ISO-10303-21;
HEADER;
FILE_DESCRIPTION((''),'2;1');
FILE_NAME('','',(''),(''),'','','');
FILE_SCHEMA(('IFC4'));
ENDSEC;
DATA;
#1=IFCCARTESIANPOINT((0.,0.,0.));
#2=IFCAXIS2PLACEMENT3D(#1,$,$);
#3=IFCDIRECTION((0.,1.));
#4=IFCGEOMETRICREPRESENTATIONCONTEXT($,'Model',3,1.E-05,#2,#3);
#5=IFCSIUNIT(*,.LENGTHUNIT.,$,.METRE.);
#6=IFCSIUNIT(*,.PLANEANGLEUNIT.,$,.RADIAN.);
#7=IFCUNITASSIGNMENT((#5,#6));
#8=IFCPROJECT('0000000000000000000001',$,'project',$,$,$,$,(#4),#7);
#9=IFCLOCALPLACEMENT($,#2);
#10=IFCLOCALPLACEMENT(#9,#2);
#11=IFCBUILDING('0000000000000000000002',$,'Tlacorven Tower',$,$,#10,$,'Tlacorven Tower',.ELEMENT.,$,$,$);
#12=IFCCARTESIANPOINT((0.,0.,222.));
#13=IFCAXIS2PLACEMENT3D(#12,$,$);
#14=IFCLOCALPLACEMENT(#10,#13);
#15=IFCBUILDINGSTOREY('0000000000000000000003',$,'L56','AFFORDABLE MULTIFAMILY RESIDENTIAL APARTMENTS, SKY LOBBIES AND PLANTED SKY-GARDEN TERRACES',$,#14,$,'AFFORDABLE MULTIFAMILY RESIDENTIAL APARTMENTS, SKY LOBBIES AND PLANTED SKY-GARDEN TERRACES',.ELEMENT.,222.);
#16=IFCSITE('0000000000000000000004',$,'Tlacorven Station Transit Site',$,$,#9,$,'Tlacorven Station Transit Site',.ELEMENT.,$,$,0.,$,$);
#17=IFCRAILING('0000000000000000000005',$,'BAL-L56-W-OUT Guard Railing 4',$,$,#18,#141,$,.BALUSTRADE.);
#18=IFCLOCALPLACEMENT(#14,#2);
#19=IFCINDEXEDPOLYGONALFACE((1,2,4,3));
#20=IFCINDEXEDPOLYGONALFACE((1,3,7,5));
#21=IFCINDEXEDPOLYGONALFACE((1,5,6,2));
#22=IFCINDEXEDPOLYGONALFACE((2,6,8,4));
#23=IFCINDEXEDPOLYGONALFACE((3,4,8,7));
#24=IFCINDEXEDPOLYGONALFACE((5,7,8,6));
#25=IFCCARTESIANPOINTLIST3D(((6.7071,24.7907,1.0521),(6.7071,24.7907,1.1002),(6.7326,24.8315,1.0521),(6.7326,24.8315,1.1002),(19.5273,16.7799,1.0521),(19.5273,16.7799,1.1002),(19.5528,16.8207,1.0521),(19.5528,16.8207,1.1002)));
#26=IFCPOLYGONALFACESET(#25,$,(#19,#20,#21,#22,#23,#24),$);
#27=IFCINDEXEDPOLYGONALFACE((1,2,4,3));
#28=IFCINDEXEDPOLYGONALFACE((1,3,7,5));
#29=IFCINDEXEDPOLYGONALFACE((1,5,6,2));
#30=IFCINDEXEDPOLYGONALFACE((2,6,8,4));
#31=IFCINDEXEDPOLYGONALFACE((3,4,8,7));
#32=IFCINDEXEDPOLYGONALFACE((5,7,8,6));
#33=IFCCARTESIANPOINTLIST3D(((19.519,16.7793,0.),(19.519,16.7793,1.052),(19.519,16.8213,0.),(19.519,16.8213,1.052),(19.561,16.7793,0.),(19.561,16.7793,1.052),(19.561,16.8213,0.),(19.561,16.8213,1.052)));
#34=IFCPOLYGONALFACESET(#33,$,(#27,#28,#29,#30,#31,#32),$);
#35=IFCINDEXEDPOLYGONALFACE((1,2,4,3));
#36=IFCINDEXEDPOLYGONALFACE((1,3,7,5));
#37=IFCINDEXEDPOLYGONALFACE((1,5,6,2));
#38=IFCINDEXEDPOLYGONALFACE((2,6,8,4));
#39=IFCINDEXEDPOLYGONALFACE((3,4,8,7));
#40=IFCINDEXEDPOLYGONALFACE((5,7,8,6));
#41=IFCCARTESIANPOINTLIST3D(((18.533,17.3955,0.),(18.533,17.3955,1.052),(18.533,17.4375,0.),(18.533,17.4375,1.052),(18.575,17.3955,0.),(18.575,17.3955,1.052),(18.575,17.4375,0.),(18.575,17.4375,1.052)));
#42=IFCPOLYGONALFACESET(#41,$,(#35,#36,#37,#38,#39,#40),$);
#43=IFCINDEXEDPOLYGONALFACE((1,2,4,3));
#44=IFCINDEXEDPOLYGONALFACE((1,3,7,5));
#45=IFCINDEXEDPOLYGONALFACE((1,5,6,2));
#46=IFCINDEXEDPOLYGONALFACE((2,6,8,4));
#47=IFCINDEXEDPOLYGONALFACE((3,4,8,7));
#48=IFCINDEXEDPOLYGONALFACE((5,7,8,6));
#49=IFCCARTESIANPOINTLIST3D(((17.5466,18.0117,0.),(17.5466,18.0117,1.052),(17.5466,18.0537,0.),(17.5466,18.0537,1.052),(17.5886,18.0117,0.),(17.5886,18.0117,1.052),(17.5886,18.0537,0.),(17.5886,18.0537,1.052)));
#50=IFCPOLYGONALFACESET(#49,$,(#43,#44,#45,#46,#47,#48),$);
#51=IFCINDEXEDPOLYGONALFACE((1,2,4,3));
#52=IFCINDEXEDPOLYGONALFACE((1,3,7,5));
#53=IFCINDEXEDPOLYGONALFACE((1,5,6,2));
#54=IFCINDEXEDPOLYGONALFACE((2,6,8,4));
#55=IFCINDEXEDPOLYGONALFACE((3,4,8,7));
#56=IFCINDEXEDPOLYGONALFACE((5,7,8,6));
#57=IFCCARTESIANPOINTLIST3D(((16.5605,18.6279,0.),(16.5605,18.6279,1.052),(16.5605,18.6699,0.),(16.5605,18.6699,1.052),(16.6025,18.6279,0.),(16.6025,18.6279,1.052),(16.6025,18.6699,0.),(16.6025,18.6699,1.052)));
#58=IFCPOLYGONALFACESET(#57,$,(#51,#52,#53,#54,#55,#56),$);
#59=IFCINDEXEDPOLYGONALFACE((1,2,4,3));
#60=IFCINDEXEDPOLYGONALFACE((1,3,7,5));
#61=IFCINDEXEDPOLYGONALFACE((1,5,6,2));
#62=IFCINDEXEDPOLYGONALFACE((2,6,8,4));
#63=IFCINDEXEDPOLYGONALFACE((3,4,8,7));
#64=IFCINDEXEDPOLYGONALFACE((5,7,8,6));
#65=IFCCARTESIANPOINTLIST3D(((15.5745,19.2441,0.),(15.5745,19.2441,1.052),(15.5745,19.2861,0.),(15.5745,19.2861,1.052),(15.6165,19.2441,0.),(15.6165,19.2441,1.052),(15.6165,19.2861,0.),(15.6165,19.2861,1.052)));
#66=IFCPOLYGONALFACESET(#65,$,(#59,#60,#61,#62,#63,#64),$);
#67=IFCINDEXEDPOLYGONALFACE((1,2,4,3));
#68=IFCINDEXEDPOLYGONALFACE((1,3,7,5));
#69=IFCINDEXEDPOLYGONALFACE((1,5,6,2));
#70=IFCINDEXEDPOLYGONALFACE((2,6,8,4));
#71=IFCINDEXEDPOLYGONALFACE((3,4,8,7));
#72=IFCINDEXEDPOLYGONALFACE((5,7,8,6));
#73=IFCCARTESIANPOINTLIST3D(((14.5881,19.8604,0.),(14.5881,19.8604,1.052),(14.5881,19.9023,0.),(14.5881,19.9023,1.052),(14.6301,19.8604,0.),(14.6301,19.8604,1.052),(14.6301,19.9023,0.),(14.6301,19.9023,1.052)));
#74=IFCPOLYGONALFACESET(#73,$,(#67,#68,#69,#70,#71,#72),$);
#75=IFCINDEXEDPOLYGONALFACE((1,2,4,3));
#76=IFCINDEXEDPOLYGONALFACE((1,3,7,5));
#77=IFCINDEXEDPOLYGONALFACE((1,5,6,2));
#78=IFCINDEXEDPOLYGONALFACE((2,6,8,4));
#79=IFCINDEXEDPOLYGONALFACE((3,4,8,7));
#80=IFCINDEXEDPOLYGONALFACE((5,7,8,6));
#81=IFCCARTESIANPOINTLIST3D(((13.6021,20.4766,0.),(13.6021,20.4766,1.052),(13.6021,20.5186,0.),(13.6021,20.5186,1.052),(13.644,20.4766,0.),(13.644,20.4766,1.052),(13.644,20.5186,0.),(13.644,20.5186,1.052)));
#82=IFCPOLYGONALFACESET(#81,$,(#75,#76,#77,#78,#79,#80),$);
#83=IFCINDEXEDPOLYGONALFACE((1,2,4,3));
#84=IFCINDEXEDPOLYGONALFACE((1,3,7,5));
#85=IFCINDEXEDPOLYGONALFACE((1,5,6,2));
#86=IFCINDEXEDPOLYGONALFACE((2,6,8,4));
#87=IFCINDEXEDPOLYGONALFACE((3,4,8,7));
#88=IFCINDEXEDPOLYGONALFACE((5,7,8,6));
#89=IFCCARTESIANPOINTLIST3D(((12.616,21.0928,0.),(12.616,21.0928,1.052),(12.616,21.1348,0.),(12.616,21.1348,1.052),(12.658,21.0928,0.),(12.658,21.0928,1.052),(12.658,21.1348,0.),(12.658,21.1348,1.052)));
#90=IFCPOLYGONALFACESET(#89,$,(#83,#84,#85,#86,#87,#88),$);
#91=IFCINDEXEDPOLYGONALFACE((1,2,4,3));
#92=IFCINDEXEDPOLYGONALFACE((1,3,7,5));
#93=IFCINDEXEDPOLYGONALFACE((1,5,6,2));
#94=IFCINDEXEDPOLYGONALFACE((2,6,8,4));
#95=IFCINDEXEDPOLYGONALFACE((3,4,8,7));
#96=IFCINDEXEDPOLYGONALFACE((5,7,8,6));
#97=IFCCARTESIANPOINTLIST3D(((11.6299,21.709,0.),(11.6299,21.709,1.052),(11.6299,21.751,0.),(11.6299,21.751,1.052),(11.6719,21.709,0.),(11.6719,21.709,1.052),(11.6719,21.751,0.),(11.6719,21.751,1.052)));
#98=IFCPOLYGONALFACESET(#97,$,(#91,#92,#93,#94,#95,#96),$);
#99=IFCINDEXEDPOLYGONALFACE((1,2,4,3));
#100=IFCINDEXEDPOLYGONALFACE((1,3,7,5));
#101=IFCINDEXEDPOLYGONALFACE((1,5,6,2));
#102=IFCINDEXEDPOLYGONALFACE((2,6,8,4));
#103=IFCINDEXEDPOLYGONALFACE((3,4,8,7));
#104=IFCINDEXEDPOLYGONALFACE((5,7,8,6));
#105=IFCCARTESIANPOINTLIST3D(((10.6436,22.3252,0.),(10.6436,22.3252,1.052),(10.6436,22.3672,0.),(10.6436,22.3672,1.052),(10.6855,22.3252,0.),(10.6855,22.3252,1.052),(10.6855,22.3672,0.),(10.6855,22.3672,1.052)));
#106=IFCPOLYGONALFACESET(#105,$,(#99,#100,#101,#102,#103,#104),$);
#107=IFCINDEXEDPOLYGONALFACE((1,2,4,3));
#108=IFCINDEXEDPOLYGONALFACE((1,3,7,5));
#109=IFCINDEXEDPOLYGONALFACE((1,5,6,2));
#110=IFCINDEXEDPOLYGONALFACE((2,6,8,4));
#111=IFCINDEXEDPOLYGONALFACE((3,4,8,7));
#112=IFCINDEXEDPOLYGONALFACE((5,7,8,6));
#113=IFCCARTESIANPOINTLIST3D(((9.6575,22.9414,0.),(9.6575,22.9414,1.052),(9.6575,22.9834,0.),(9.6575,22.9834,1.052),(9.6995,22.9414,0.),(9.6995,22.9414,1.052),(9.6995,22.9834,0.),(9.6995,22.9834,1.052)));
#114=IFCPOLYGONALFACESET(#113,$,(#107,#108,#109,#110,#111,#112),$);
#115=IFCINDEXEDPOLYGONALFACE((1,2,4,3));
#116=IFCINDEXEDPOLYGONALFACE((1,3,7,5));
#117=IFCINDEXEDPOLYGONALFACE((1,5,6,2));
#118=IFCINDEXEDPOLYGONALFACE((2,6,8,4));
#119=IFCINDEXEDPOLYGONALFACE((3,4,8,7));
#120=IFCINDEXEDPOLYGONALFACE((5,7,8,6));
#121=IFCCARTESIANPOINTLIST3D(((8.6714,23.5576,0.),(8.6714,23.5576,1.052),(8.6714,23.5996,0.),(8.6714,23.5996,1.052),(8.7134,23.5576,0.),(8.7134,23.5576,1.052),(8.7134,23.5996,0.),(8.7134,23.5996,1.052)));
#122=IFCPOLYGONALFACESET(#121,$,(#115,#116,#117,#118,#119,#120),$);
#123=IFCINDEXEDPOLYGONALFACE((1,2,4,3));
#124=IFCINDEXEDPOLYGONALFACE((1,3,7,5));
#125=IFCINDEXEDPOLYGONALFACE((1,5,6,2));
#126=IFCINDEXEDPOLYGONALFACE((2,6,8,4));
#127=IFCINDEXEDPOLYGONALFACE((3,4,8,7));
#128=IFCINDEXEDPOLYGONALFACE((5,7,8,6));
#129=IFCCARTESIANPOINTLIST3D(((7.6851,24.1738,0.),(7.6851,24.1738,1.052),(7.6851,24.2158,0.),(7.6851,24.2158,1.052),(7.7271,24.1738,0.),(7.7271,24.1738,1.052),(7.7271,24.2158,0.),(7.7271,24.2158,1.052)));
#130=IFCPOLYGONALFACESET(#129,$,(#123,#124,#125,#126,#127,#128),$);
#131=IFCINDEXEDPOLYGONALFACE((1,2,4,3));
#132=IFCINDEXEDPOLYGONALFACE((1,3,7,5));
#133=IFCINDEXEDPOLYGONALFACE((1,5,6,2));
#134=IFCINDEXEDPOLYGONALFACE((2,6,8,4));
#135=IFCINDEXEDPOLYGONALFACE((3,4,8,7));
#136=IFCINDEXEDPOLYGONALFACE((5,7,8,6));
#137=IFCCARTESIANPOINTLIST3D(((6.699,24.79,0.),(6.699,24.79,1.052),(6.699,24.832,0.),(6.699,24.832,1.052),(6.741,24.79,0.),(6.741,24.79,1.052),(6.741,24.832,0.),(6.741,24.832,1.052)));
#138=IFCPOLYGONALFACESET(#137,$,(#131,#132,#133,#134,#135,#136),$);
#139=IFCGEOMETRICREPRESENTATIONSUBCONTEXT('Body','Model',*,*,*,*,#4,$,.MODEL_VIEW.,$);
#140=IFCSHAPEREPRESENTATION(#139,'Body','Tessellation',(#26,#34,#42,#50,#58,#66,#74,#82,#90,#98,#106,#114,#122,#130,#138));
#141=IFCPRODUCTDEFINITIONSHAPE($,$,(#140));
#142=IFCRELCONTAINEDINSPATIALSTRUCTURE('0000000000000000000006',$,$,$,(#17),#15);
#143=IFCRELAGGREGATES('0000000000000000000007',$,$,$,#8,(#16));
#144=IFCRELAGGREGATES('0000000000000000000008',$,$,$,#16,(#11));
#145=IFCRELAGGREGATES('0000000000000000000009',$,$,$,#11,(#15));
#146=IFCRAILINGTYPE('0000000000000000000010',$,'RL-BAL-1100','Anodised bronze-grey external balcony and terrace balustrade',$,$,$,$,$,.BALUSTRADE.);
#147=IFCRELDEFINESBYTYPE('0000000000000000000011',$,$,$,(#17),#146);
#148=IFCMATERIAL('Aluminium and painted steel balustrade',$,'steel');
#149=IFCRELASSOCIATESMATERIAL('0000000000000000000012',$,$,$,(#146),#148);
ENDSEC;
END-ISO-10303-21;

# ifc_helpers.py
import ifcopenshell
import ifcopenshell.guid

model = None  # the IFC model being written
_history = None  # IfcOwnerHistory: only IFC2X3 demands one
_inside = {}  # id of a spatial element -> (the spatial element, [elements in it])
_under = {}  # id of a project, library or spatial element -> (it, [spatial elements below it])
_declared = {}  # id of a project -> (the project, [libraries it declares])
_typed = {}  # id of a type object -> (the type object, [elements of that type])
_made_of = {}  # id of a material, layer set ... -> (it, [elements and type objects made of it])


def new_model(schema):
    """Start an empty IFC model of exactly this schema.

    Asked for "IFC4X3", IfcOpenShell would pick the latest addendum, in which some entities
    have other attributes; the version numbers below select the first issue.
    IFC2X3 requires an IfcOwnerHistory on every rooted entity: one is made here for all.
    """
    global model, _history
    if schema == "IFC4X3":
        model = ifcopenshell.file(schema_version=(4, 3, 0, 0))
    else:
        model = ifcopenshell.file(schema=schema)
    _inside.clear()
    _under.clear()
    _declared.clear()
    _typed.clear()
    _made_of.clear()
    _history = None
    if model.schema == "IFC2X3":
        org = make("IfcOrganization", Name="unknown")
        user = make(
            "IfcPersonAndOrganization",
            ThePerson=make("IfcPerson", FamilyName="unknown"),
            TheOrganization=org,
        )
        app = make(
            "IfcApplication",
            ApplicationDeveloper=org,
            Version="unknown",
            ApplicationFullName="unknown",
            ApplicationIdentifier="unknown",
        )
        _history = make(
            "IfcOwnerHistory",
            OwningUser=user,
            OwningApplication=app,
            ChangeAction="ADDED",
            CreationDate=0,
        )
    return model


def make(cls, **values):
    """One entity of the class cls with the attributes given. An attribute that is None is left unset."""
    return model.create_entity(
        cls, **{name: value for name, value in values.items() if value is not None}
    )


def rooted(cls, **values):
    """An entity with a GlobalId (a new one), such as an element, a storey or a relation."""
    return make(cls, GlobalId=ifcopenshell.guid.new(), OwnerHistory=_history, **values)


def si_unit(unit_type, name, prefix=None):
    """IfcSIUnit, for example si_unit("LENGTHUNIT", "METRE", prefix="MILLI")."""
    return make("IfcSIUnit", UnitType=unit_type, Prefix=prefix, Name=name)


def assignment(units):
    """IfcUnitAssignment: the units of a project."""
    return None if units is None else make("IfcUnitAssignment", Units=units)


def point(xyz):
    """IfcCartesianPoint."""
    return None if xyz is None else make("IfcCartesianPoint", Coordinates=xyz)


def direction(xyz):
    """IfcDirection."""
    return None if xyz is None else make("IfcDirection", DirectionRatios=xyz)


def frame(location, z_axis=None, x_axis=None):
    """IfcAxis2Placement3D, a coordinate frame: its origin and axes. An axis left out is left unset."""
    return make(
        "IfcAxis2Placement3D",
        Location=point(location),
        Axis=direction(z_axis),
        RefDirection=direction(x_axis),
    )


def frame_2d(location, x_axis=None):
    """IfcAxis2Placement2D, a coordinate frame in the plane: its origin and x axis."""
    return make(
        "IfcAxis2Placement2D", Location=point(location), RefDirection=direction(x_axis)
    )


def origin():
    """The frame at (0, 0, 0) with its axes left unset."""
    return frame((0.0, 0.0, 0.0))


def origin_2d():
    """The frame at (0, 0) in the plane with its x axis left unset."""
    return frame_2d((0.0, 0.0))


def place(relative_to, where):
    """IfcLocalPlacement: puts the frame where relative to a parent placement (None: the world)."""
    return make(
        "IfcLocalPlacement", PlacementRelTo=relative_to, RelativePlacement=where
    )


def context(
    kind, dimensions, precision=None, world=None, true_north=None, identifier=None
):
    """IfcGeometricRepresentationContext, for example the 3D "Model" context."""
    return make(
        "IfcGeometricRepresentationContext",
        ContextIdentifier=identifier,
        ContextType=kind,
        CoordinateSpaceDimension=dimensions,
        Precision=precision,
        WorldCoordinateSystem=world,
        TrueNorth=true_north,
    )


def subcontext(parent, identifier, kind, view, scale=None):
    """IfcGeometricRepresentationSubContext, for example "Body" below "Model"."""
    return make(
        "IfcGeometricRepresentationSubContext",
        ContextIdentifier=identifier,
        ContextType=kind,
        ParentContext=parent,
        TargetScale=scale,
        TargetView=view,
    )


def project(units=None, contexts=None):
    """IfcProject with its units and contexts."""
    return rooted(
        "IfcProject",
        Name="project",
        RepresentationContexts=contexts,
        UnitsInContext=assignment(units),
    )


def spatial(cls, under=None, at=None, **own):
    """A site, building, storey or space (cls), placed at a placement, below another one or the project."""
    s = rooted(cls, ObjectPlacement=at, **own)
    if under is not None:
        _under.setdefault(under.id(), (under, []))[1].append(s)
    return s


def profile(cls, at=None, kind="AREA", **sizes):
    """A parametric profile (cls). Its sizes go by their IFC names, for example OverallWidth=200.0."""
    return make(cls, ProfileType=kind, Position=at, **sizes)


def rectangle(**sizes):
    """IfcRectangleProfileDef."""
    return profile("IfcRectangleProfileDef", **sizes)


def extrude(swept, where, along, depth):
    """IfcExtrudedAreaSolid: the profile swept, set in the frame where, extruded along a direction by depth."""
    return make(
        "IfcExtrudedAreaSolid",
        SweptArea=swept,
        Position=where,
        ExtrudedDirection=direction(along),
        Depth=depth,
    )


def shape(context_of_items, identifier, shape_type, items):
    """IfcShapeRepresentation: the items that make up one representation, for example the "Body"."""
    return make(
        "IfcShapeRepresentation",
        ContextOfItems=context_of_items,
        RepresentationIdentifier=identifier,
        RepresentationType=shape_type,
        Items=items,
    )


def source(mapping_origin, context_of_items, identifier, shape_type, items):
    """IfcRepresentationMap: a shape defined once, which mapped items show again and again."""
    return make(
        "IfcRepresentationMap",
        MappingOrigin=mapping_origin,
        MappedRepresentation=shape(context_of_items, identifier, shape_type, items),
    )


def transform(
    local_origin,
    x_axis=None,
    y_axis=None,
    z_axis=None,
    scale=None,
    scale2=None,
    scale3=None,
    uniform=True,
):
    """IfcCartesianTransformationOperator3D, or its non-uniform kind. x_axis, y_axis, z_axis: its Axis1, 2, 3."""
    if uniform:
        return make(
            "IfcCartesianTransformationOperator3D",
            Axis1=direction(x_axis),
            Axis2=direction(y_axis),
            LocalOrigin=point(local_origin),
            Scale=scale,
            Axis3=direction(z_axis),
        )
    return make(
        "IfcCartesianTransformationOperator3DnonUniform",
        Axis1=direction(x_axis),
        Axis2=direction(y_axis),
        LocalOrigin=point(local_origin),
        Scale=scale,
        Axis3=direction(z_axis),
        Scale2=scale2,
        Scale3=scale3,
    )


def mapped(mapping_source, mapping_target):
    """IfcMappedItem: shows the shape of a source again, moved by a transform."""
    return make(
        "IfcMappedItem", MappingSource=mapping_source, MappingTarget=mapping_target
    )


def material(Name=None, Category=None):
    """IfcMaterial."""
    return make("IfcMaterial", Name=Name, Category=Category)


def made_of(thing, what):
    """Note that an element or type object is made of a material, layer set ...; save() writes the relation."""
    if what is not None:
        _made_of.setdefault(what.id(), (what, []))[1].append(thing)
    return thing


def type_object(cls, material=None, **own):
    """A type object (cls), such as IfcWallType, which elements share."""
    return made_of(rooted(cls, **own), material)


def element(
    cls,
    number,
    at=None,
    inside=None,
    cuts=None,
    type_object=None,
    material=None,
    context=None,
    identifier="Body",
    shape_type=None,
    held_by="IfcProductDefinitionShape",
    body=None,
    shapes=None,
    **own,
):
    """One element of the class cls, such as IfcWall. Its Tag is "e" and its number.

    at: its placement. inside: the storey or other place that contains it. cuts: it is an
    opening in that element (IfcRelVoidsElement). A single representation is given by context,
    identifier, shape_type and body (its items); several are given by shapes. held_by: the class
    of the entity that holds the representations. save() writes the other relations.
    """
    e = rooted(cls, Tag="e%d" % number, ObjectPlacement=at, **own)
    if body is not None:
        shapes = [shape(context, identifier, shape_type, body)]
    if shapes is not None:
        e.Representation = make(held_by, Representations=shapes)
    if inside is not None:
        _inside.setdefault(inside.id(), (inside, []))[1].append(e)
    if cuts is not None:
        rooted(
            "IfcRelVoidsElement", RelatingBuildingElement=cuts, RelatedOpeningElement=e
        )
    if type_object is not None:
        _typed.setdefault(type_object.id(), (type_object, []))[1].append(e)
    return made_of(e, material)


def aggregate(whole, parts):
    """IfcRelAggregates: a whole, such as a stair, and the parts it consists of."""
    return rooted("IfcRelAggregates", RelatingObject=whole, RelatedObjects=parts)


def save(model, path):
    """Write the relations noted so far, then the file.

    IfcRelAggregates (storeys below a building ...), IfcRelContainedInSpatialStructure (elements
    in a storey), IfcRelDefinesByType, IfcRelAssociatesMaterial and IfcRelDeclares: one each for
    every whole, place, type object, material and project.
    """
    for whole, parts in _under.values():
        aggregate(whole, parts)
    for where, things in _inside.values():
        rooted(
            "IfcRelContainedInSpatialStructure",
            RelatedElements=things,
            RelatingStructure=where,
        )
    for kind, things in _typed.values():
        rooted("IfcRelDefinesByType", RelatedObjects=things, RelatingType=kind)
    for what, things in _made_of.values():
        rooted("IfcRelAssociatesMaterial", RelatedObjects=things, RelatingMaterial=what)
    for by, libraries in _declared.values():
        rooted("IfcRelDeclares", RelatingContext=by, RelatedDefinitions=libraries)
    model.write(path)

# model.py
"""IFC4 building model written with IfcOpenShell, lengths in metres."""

from ifc_helpers import new_model, si_unit, direction, frame, origin, origin_2d, place, context, subcontext, project, spatial, rectangle, extrude, source, transform, mapped, material, type_object, element, save


model = new_model("IFC4")

# Units and contexts
model_context = context("Model", 3, precision=1e-05, world=origin(), true_north=direction((0.0, 1.0)))
body_context = subcontext(model_context, "Body", "Model", "MODEL_VIEW")
ifc_project = project(units=[si_unit("LENGTHUNIT", "METRE"), si_unit("PLANEANGLEUNIT", "RADIAN")], contexts=[model_context])

# Site, building, storey
site_placement = place(None, origin())
site = spatial("IfcSite", under=ifc_project, at=site_placement, Name="Tlacorven Station Transit Site", LongName="Tlacorven Station Transit Site", CompositionType="ELEMENT", RefElevation=0.0)
building_placement = place(site_placement, origin())
building = spatial("IfcBuilding", under=site, at=building_placement, Name="Tlacorven Tower", LongName="Tlacorven Tower", CompositionType="ELEMENT")
storey_placement = place(building_placement, frame((0.0, 0.0, 222.0)))
storey = spatial("IfcBuildingStorey", under=building, at=storey_placement, Name="L56", Description="AFFORDABLE MULTIFAMILY RESIDENTIAL APARTMENTS, SKY LOBBIES AND PLANTED SKY-GARDEN TERRACES", LongName="AFFORDABLE MULTIFAMILY RESIDENTIAL APARTMENTS, SKY LOBBIES AND PLANTED SKY-GARDEN TERRACES", CompositionType="ELEMENT", Elevation=222.0)

# Shared definitions
ifc_material_1 = material(Name="Aluminium and painted steel balustrade", Category="steel")
railing_type = type_object("IfcRailingType", Name="RL-BAL-1100", Description="Anodised bronze-grey external balcony and terrace balustrade", PredefinedType="BALUSTRADE", material=ifc_material_1)

# Railing
shared_shape_1 = source(origin(), body_context, "Body", "SweptSolid", [
    extrude(rectangle(XDim=0.0481, YDim=0.0481, at=origin_2d()), frame((0.0, 0.0, 1.0762), z_axis=(-0.848052, 0.529913, 0.0), x_axis=(-0.529913, -0.848052, 0.0)), (0.0, 0.0, 1.0), 15.1172),
    extrude(rectangle(XDim=0.042, YDim=0.042, at=origin_2d()), origin(), (0.0, 0.0, 1.0), 1.052),
    extrude(rectangle(XDim=0.042, YDim=0.042, at=origin_2d()), frame((-0.9861, 0.6162, 0.0)), (0.0, 0.0, 1.0), 1.052),
    extrude(rectangle(XDim=0.042, YDim=0.042, at=origin_2d()), frame((-1.9724, 1.2324, 0.0)), (0.0, 0.0, 1.0), 1.052),
    extrude(rectangle(XDim=0.042, YDim=0.042, at=origin_2d()), frame((-2.9585, 1.8486, 0.0)), (0.0, 0.0, 1.0), 1.052),
    extrude(rectangle(XDim=0.042, YDim=0.042, at=origin_2d()), frame((-3.9446, 2.4648, 0.0)), (0.0, 0.0, 1.0), 1.052),
    extrude(rectangle(XDim=0.042, YDim=0.042, at=origin_2d()), frame((-4.9309, 3.0811, 0.0)), (0.0, 0.0, 1.0), 1.052),
    extrude(rectangle(XDim=0.042, YDim=0.042, at=origin_2d()), frame((-5.917, 3.6973, 0.0)), (0.0, 0.0, 1.0), 1.052),
    extrude(rectangle(XDim=0.042, YDim=0.042, at=origin_2d()), frame((-6.9031, 4.3135, 0.0)), (0.0, 0.0, 1.0), 1.052),
    extrude(rectangle(XDim=0.042, YDim=0.042, at=origin_2d()), frame((-7.8892, 4.9297, 0.0)), (0.0, 0.0, 1.0), 1.052),
    extrude(rectangle(XDim=0.042, YDim=0.042, at=origin_2d()), frame((-8.8755, 5.5459, 0.0)), (0.0, 0.0, 1.0), 1.052),
    extrude(rectangle(XDim=0.042, YDim=0.042, at=origin_2d()), frame((-9.8616, 6.1621, 0.0)), (0.0, 0.0, 1.0), 1.052),
    extrude(rectangle(XDim=0.042, YDim=0.042, at=origin_2d()), frame((-10.8477, 6.7783, 0.0)), (0.0, 0.0, 1.0), 1.052),
    extrude(rectangle(XDim=0.042, YDim=0.042, at=origin_2d()), frame((-11.834, 7.3945, 0.0)), (0.0, 0.0, 1.0), 1.052),
    extrude(rectangle(XDim=0.042, YDim=0.042, at=origin_2d()), frame((-12.8201, 8.0107, 0.0)), (0.0, 0.0, 1.0), 1.052),
])
railing_1_placement = place(storey_placement, frame((19.54, 16.8003, 0.0)))
element("IfcRailing", 1, at=railing_1_placement, inside=storey, type_object=railing_type, Name="BAL-L56-W-OUT Guard Railing 4", PredefinedType="BALUSTRADE", context=body_context, shape_type="MappedRepresentation", body=[
    mapped(shared_shape_1, transform((0.0, 0.0, 0.0), scale=1.0)),
])

save(model, "model.ifc")
